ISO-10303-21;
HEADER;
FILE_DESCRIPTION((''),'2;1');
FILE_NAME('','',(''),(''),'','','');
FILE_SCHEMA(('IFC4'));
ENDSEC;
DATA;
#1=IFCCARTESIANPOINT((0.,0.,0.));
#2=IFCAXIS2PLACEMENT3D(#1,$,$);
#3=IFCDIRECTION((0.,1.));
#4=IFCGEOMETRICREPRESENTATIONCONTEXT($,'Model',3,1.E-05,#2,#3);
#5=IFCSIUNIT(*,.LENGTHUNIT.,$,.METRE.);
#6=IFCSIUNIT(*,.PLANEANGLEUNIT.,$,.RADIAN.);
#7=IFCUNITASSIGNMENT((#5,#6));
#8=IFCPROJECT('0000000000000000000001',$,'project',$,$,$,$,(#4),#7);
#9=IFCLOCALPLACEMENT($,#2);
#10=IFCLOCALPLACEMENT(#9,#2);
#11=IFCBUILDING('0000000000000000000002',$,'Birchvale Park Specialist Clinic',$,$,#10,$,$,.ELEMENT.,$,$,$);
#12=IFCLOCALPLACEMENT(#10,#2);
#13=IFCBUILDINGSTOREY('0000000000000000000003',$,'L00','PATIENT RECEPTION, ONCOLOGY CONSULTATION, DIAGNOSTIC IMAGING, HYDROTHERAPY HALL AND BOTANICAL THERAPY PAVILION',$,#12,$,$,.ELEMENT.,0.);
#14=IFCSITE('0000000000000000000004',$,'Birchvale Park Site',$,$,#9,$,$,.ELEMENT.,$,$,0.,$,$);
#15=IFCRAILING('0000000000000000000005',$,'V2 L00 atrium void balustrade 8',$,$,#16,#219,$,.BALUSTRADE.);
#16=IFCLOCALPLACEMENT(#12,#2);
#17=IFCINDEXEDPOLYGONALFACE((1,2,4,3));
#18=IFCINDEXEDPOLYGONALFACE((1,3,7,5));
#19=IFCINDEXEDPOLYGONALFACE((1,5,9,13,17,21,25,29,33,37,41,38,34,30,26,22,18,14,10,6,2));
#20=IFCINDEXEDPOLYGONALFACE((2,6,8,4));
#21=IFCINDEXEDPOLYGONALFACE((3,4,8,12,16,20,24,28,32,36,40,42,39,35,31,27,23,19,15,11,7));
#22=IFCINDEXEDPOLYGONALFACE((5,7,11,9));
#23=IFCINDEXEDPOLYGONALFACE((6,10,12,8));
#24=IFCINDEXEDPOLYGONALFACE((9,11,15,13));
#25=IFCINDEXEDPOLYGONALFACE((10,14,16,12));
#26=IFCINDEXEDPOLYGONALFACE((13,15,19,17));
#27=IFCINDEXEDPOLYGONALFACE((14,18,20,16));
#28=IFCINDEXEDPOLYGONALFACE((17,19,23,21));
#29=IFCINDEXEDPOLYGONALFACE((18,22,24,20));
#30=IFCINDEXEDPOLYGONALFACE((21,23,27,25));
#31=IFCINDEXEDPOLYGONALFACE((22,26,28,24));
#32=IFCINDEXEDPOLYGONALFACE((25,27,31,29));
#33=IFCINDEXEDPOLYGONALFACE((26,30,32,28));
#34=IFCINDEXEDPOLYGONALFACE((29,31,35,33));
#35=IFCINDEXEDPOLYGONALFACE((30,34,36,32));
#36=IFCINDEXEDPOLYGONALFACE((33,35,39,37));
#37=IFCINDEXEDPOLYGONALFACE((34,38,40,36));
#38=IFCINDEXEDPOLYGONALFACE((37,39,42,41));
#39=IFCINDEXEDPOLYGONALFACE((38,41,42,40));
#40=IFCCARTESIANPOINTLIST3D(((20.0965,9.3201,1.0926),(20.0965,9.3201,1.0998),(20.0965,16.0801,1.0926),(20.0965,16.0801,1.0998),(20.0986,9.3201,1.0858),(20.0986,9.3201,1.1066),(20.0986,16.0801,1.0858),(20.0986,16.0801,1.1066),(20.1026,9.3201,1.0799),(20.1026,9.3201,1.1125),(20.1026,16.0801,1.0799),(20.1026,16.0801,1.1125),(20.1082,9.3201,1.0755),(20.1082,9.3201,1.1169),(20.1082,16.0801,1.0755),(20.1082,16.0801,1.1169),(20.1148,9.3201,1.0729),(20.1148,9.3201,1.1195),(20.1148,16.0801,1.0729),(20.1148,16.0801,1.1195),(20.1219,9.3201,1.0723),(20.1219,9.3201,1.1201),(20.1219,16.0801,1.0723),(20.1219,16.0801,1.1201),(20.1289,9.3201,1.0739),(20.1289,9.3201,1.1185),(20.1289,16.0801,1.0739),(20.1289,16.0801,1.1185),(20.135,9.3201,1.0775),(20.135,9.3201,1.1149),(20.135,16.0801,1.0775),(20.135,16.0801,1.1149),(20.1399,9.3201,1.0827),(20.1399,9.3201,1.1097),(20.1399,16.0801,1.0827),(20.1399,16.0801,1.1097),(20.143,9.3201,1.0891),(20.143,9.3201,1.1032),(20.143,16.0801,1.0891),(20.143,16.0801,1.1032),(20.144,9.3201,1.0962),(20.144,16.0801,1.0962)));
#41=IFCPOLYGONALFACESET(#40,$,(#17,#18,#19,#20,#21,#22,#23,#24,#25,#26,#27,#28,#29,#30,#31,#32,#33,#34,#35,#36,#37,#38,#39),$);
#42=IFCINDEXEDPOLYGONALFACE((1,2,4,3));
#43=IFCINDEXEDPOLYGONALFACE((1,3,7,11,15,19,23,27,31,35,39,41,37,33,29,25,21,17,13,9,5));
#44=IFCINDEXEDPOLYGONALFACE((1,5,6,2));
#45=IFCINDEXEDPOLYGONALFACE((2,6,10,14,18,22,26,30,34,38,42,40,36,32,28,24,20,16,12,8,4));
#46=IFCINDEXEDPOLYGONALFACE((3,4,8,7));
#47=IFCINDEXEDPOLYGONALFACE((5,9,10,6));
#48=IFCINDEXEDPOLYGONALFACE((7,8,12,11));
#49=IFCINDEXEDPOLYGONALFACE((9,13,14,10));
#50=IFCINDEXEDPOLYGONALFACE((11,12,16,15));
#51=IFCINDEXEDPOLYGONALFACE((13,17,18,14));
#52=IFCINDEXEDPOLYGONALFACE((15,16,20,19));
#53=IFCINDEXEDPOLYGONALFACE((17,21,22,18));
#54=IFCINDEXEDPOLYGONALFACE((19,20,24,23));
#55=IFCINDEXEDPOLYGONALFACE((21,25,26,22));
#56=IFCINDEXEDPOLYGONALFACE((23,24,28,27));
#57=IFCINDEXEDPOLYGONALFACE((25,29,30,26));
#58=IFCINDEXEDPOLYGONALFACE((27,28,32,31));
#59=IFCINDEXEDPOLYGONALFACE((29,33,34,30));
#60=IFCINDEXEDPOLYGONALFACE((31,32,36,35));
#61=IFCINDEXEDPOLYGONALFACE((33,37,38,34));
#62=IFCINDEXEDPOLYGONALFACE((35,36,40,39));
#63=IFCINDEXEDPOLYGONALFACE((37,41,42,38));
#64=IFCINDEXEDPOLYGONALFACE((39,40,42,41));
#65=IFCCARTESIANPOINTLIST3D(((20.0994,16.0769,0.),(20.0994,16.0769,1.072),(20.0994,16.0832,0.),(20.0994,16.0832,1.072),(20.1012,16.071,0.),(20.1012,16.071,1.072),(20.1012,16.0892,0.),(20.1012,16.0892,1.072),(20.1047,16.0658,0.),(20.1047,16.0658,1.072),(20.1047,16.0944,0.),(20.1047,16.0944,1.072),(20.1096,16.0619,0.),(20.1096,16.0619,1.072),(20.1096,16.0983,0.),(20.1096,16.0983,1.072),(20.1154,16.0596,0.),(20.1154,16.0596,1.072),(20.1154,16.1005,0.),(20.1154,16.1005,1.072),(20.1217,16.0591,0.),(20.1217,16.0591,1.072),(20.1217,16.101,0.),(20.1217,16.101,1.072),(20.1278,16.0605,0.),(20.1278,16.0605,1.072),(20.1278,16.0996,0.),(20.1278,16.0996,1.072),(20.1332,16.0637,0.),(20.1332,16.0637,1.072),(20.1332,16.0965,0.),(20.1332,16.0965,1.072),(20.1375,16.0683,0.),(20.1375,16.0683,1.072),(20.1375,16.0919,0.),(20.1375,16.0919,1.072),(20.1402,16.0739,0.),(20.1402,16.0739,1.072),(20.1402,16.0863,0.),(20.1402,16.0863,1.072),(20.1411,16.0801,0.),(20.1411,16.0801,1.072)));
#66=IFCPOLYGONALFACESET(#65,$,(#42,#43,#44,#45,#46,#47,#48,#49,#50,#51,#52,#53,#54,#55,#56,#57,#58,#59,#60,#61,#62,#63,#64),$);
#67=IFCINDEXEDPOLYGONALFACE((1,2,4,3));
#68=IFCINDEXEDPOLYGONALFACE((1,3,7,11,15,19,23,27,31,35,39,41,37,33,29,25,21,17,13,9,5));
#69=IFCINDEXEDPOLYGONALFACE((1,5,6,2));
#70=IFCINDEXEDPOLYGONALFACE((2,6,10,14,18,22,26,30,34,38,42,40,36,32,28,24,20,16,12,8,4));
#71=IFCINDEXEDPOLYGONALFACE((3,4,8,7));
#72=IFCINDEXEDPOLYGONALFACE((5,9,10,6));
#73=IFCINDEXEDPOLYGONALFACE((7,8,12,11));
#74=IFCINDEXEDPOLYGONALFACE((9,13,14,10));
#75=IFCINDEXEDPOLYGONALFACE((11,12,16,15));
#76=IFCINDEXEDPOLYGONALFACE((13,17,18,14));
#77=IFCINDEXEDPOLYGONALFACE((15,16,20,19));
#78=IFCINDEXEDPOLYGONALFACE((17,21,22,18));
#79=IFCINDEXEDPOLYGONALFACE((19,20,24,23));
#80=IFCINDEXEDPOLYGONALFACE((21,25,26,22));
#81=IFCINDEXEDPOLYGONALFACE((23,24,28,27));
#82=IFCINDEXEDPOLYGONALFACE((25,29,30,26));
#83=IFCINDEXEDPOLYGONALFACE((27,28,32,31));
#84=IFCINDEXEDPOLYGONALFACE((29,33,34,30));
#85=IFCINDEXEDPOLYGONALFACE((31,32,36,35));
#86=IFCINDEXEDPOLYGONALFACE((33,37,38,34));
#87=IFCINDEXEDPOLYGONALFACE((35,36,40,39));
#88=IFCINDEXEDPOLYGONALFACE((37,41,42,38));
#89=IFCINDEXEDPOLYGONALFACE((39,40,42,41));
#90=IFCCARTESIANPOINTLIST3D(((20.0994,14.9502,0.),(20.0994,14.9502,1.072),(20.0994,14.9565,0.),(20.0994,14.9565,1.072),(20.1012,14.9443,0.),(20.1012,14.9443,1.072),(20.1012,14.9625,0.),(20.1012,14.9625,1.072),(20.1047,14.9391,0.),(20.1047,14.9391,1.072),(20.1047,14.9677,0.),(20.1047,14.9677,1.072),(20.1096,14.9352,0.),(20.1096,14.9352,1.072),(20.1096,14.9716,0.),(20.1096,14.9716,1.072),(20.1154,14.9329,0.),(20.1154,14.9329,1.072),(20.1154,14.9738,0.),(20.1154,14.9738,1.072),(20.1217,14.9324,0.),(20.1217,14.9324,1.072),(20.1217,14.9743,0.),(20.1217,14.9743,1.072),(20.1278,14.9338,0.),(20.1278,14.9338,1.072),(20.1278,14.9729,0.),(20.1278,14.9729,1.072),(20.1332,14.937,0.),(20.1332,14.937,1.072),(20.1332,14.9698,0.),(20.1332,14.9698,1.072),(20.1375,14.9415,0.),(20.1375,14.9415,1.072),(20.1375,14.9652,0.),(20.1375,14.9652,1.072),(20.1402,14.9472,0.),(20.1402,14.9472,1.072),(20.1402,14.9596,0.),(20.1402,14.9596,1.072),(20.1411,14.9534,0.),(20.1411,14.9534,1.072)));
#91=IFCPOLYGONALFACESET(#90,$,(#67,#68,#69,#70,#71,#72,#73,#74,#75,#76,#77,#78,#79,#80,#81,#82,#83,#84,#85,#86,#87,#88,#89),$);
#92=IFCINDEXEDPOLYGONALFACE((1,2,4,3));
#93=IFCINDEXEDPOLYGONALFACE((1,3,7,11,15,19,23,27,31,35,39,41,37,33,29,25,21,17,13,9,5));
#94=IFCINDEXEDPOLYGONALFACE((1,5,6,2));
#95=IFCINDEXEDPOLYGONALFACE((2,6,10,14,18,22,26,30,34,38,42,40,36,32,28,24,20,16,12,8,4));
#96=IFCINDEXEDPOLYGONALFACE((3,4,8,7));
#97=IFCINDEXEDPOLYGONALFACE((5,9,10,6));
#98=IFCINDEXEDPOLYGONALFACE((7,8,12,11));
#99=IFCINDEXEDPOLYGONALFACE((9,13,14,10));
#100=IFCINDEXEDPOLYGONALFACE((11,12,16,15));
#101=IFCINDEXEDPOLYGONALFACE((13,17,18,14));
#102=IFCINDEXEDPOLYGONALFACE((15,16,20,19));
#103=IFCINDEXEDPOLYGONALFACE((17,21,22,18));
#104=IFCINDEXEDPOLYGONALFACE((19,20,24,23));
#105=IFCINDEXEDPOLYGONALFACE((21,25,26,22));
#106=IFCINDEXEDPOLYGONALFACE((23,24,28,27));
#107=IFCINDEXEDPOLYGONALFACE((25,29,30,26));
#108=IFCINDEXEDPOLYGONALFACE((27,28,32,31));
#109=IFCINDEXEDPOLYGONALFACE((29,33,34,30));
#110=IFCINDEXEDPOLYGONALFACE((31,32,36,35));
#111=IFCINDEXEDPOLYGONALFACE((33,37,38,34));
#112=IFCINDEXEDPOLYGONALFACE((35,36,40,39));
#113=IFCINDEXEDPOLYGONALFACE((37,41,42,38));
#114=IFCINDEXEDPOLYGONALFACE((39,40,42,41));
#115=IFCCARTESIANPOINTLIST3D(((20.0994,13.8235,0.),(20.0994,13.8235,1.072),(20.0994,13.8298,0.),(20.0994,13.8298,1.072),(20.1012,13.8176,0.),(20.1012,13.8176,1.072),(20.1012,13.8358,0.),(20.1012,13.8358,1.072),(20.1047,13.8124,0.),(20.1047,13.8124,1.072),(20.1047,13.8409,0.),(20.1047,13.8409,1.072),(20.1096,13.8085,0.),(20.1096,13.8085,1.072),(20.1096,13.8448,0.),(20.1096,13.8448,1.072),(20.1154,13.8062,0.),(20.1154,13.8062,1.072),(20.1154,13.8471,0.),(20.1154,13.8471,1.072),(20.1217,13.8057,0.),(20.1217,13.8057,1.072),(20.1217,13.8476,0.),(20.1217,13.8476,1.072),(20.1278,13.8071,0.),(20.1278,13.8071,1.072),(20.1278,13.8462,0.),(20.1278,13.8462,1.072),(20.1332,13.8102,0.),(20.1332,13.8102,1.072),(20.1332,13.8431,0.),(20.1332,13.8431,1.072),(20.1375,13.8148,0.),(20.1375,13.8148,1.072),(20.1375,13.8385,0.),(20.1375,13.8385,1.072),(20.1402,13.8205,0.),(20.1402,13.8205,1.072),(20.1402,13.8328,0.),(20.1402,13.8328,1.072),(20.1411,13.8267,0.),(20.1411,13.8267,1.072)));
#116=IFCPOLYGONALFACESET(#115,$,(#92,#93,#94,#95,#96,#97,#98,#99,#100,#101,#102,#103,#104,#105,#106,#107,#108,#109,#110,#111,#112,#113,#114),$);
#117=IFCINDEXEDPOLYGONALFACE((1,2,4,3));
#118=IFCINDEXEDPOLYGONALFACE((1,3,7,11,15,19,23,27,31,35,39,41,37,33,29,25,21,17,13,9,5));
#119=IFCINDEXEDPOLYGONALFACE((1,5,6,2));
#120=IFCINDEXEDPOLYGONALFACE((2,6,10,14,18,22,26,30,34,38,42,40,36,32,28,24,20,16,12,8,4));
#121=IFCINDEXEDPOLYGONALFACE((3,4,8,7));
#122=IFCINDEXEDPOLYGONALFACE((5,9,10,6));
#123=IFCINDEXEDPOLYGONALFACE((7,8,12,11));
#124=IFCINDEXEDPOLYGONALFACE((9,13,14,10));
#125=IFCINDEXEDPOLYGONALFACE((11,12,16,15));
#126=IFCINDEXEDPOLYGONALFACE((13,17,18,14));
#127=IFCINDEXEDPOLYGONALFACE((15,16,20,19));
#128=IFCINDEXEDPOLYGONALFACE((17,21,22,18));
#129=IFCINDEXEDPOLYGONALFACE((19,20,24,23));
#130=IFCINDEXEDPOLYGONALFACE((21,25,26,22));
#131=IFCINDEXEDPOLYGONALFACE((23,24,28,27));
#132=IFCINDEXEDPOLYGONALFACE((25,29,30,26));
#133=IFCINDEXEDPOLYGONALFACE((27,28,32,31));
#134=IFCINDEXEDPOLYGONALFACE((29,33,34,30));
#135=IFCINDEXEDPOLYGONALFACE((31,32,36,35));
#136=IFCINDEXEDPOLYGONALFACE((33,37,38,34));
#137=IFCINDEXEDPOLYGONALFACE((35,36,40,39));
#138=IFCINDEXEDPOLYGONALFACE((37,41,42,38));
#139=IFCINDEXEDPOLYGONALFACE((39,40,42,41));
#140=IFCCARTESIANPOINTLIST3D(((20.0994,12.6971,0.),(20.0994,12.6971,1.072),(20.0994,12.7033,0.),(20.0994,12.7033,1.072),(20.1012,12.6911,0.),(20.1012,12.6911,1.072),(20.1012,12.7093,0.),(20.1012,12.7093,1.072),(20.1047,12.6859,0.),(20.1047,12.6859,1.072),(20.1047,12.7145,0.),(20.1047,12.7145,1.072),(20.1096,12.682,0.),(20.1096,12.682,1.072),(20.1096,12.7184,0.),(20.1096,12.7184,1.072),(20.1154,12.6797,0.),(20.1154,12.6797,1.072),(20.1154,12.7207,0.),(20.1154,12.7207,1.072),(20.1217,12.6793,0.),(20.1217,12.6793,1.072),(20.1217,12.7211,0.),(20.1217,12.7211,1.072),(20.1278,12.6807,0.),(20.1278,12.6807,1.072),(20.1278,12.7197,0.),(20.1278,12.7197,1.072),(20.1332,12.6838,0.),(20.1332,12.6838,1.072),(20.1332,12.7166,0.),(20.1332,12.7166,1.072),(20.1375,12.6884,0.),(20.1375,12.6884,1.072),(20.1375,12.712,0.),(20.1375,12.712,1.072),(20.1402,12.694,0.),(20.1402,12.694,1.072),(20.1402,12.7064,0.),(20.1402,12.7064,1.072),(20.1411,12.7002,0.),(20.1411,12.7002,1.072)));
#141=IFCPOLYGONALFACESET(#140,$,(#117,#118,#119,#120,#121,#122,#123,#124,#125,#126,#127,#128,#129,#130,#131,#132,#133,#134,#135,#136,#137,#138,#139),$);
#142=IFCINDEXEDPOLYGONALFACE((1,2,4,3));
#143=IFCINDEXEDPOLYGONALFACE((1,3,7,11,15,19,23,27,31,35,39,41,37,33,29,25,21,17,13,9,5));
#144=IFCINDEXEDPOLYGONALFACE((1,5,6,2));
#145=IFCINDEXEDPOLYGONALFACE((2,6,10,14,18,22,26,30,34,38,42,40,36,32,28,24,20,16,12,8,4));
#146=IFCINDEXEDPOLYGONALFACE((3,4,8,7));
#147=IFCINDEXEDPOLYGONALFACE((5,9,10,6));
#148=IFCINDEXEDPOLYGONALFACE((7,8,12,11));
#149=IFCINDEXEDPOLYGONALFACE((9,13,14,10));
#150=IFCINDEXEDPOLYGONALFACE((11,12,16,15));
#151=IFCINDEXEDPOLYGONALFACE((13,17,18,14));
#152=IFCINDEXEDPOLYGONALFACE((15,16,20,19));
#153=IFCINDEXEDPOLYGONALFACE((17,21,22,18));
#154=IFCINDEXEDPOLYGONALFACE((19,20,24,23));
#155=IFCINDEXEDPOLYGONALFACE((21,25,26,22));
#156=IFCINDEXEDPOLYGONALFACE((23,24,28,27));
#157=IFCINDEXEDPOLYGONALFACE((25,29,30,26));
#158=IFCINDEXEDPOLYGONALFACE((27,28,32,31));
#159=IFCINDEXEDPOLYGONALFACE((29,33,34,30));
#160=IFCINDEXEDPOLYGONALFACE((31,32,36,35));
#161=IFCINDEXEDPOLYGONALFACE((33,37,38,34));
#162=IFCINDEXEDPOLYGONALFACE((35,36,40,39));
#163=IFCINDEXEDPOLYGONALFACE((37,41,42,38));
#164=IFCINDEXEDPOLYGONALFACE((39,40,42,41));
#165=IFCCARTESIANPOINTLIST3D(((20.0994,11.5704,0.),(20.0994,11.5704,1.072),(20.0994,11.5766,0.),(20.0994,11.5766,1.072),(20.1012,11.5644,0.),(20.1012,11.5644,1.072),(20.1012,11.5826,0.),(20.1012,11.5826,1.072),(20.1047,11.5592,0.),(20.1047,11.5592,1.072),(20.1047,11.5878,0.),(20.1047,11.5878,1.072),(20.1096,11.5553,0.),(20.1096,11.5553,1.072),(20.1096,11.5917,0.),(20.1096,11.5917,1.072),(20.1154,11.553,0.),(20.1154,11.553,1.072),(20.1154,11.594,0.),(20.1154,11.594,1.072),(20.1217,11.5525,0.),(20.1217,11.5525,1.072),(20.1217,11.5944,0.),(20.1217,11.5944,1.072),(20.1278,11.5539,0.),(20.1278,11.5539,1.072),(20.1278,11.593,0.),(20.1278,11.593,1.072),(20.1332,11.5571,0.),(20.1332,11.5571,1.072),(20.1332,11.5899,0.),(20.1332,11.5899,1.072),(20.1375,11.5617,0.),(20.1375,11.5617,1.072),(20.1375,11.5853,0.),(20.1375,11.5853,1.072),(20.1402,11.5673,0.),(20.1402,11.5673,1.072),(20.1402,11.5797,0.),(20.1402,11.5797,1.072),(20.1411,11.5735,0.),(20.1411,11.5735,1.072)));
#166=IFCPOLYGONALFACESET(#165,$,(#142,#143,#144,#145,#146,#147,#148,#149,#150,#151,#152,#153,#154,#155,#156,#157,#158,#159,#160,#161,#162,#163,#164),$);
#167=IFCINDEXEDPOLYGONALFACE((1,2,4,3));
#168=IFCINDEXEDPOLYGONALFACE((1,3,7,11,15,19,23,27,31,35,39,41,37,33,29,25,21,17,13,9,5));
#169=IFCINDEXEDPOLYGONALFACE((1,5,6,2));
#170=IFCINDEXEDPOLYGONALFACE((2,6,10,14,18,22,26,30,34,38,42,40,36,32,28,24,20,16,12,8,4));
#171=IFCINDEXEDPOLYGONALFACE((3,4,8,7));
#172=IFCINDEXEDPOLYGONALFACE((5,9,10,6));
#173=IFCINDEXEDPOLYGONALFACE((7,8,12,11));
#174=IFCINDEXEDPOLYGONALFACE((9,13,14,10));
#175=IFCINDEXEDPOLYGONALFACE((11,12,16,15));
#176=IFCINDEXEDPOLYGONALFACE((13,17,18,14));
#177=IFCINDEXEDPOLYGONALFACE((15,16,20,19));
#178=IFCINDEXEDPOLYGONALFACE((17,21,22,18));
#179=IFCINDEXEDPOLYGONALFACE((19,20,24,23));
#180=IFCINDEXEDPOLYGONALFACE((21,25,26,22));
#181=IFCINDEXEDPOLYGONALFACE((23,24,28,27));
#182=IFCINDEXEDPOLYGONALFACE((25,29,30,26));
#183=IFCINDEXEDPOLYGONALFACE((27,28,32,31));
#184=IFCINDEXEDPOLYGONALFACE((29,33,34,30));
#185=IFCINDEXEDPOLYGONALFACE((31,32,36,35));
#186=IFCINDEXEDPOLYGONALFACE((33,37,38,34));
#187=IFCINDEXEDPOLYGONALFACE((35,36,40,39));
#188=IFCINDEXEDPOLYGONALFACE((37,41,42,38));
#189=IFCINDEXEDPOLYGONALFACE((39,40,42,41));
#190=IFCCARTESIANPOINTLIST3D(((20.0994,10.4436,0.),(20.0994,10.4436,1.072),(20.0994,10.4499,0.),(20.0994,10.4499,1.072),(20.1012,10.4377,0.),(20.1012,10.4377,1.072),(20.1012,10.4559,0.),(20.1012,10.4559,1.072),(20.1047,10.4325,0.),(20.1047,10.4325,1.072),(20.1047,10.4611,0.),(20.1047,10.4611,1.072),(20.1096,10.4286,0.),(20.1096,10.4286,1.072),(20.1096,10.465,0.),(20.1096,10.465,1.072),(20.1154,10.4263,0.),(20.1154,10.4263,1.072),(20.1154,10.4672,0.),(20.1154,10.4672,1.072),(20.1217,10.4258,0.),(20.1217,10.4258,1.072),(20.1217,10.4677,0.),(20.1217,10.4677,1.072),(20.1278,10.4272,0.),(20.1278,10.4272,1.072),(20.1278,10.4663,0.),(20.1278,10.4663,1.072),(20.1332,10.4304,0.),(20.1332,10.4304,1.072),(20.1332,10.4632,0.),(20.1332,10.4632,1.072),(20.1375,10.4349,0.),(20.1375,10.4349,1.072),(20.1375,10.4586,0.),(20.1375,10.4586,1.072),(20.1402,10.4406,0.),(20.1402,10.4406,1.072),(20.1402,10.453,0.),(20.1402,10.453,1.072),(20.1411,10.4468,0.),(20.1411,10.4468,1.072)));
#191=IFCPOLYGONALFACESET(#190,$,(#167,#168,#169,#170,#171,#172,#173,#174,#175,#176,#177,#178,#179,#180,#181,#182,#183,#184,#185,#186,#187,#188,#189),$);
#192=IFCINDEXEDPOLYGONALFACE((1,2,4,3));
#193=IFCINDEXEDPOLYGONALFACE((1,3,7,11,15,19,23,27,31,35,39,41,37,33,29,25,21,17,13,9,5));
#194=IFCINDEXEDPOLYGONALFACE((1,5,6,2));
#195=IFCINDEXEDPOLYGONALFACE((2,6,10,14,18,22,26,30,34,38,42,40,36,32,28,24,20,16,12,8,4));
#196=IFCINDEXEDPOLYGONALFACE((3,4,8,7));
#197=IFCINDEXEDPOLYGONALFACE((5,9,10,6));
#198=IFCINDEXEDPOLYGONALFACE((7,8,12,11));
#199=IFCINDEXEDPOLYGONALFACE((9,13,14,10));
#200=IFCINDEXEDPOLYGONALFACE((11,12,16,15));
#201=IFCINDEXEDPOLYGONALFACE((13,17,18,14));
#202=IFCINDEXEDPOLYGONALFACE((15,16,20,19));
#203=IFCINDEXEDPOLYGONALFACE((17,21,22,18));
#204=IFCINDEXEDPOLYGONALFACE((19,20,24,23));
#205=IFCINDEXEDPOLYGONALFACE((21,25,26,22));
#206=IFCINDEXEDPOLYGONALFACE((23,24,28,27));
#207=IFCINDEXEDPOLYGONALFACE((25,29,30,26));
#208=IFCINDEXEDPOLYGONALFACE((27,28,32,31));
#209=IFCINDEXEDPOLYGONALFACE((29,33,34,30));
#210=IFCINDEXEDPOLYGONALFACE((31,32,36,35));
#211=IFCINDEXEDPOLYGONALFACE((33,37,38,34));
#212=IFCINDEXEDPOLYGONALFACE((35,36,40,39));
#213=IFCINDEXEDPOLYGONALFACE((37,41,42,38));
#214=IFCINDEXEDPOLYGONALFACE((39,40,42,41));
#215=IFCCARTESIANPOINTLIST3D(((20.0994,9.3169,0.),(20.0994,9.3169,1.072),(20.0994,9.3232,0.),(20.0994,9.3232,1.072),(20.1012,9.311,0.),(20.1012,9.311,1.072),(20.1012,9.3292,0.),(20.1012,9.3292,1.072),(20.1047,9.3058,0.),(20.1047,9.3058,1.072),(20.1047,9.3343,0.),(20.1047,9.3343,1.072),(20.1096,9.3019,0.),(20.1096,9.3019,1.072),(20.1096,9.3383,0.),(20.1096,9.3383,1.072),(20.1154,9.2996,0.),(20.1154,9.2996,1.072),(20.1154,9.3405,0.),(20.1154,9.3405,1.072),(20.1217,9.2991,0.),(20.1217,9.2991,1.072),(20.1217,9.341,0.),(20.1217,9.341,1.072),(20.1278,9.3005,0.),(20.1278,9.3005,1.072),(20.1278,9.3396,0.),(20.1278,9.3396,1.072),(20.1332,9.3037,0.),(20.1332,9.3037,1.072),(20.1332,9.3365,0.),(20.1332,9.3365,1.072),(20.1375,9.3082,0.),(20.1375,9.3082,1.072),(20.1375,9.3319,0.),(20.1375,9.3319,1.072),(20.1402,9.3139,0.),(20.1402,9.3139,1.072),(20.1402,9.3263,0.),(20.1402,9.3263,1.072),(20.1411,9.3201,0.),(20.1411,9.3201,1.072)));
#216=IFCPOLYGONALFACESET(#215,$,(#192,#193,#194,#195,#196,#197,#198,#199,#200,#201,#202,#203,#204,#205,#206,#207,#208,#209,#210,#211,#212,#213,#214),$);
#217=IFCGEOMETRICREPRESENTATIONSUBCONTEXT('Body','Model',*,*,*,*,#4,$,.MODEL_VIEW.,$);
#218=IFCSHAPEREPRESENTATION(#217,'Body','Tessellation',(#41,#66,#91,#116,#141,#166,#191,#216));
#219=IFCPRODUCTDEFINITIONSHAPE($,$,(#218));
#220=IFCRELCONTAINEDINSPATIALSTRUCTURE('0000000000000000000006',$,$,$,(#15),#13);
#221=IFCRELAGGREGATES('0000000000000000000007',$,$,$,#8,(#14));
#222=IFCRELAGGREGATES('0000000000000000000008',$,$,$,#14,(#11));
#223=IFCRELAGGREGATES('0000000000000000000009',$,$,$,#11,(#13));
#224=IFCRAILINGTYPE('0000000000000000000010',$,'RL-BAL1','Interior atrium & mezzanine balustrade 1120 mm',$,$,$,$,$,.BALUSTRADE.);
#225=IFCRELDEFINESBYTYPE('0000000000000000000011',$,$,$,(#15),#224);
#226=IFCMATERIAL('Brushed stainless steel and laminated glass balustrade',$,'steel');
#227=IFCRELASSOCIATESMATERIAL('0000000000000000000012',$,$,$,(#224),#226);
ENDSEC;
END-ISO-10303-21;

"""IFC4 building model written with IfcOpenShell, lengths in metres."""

from ifc_helpers import new_model, si_unit, direction, frame, origin, origin_2d, place, context, subcontext, project, spatial, circle, extrude, material, type_object, element, save


model = new_model("IFC4")

# Units and contexts
model_context = context("Model", 3, precision=1e-05, world=origin(), true_north=direction((0.0, 1.0)))
body_context = subcontext(model_context, "Body", "Model", "MODEL_VIEW")
ifc_project = project(units=[si_unit("LENGTHUNIT", "METRE"), si_unit("PLANEANGLEUNIT", "RADIAN")], contexts=[model_context])

# Site, building, storey
site_placement = place(None, origin())
site = spatial("IfcSite", under=ifc_project, at=site_placement, Name="Birchvale Park Site", CompositionType="ELEMENT", RefElevation=0.0)
building_placement = place(site_placement, origin())
building = spatial("IfcBuilding", under=site, at=building_placement, Name="Birchvale Park Specialist Clinic", CompositionType="ELEMENT")
storey_placement = place(building_placement, origin())
storey = spatial("IfcBuildingStorey", under=building, at=storey_placement, Name="L00", Description="PATIENT RECEPTION, ONCOLOGY CONSULTATION, DIAGNOSTIC IMAGING, HYDROTHERAPY HALL AND BOTANICAL THERAPY PAVILION", CompositionType="ELEMENT", Elevation=0.0)

# Railing
ifc_material_1 = material(Name="Brushed stainless steel and laminated glass balustrade", Category="steel")
railing_type = type_object("IfcRailingType", Name="RL-BAL1", Description="Interior atrium & mezzanine balustrade 1120 mm", PredefinedType="BALUSTRADE", material=ifc_material_1)
railing_1_placement = place(storey_placement, frame((20.1201, 16.0801, 0.0)))
element("IfcRailing", 1, at=railing_1_placement, inside=storey, type_object=railing_type, Name="V2 L00 atrium void balustrade 8", PredefinedType="BALUSTRADE", context=body_context, shape_type="SweptSolid", body=[
    extrude(circle(Radius=0.0239, at=origin_2d()), frame((0.0, 0.0, 1.0962), z_axis=(0.0, -1.0, 0.0), x_axis=(1.0, 0.0, 0.0)), (0.0, 0.0, 1.0), 6.76),
    extrude(circle(Radius=0.021, at=origin_2d()), origin(), (0.0, 0.0, 1.0), 1.072),
    extrude(circle(Radius=0.021, at=origin_2d()), frame((0.0, -1.1267, 0.0)), (0.0, 0.0, 1.0), 1.072),
    extrude(circle(Radius=0.021, at=origin_2d()), frame((0.0, -2.2534, 0.0)), (0.0, 0.0, 1.0), 1.072),
    extrude(circle(Radius=0.021, at=origin_2d()), frame((0.0, -3.3799, 0.0)), (0.0, 0.0, 1.0), 1.072),
    extrude(circle(Radius=0.021, at=origin_2d()), frame((0.0, -4.5066, 0.0)), (0.0, 0.0, 1.0), 1.072),
    extrude(circle(Radius=0.021, at=origin_2d()), frame((0.0, -5.6333, 0.0)), (0.0, 0.0, 1.0), 1.072),
    extrude(circle(Radius=0.021, at=origin_2d()), frame((0.0, -6.76, 0.0)), (0.0, 0.0, 1.0), 1.072),
])

save(model, "model.ifc")
